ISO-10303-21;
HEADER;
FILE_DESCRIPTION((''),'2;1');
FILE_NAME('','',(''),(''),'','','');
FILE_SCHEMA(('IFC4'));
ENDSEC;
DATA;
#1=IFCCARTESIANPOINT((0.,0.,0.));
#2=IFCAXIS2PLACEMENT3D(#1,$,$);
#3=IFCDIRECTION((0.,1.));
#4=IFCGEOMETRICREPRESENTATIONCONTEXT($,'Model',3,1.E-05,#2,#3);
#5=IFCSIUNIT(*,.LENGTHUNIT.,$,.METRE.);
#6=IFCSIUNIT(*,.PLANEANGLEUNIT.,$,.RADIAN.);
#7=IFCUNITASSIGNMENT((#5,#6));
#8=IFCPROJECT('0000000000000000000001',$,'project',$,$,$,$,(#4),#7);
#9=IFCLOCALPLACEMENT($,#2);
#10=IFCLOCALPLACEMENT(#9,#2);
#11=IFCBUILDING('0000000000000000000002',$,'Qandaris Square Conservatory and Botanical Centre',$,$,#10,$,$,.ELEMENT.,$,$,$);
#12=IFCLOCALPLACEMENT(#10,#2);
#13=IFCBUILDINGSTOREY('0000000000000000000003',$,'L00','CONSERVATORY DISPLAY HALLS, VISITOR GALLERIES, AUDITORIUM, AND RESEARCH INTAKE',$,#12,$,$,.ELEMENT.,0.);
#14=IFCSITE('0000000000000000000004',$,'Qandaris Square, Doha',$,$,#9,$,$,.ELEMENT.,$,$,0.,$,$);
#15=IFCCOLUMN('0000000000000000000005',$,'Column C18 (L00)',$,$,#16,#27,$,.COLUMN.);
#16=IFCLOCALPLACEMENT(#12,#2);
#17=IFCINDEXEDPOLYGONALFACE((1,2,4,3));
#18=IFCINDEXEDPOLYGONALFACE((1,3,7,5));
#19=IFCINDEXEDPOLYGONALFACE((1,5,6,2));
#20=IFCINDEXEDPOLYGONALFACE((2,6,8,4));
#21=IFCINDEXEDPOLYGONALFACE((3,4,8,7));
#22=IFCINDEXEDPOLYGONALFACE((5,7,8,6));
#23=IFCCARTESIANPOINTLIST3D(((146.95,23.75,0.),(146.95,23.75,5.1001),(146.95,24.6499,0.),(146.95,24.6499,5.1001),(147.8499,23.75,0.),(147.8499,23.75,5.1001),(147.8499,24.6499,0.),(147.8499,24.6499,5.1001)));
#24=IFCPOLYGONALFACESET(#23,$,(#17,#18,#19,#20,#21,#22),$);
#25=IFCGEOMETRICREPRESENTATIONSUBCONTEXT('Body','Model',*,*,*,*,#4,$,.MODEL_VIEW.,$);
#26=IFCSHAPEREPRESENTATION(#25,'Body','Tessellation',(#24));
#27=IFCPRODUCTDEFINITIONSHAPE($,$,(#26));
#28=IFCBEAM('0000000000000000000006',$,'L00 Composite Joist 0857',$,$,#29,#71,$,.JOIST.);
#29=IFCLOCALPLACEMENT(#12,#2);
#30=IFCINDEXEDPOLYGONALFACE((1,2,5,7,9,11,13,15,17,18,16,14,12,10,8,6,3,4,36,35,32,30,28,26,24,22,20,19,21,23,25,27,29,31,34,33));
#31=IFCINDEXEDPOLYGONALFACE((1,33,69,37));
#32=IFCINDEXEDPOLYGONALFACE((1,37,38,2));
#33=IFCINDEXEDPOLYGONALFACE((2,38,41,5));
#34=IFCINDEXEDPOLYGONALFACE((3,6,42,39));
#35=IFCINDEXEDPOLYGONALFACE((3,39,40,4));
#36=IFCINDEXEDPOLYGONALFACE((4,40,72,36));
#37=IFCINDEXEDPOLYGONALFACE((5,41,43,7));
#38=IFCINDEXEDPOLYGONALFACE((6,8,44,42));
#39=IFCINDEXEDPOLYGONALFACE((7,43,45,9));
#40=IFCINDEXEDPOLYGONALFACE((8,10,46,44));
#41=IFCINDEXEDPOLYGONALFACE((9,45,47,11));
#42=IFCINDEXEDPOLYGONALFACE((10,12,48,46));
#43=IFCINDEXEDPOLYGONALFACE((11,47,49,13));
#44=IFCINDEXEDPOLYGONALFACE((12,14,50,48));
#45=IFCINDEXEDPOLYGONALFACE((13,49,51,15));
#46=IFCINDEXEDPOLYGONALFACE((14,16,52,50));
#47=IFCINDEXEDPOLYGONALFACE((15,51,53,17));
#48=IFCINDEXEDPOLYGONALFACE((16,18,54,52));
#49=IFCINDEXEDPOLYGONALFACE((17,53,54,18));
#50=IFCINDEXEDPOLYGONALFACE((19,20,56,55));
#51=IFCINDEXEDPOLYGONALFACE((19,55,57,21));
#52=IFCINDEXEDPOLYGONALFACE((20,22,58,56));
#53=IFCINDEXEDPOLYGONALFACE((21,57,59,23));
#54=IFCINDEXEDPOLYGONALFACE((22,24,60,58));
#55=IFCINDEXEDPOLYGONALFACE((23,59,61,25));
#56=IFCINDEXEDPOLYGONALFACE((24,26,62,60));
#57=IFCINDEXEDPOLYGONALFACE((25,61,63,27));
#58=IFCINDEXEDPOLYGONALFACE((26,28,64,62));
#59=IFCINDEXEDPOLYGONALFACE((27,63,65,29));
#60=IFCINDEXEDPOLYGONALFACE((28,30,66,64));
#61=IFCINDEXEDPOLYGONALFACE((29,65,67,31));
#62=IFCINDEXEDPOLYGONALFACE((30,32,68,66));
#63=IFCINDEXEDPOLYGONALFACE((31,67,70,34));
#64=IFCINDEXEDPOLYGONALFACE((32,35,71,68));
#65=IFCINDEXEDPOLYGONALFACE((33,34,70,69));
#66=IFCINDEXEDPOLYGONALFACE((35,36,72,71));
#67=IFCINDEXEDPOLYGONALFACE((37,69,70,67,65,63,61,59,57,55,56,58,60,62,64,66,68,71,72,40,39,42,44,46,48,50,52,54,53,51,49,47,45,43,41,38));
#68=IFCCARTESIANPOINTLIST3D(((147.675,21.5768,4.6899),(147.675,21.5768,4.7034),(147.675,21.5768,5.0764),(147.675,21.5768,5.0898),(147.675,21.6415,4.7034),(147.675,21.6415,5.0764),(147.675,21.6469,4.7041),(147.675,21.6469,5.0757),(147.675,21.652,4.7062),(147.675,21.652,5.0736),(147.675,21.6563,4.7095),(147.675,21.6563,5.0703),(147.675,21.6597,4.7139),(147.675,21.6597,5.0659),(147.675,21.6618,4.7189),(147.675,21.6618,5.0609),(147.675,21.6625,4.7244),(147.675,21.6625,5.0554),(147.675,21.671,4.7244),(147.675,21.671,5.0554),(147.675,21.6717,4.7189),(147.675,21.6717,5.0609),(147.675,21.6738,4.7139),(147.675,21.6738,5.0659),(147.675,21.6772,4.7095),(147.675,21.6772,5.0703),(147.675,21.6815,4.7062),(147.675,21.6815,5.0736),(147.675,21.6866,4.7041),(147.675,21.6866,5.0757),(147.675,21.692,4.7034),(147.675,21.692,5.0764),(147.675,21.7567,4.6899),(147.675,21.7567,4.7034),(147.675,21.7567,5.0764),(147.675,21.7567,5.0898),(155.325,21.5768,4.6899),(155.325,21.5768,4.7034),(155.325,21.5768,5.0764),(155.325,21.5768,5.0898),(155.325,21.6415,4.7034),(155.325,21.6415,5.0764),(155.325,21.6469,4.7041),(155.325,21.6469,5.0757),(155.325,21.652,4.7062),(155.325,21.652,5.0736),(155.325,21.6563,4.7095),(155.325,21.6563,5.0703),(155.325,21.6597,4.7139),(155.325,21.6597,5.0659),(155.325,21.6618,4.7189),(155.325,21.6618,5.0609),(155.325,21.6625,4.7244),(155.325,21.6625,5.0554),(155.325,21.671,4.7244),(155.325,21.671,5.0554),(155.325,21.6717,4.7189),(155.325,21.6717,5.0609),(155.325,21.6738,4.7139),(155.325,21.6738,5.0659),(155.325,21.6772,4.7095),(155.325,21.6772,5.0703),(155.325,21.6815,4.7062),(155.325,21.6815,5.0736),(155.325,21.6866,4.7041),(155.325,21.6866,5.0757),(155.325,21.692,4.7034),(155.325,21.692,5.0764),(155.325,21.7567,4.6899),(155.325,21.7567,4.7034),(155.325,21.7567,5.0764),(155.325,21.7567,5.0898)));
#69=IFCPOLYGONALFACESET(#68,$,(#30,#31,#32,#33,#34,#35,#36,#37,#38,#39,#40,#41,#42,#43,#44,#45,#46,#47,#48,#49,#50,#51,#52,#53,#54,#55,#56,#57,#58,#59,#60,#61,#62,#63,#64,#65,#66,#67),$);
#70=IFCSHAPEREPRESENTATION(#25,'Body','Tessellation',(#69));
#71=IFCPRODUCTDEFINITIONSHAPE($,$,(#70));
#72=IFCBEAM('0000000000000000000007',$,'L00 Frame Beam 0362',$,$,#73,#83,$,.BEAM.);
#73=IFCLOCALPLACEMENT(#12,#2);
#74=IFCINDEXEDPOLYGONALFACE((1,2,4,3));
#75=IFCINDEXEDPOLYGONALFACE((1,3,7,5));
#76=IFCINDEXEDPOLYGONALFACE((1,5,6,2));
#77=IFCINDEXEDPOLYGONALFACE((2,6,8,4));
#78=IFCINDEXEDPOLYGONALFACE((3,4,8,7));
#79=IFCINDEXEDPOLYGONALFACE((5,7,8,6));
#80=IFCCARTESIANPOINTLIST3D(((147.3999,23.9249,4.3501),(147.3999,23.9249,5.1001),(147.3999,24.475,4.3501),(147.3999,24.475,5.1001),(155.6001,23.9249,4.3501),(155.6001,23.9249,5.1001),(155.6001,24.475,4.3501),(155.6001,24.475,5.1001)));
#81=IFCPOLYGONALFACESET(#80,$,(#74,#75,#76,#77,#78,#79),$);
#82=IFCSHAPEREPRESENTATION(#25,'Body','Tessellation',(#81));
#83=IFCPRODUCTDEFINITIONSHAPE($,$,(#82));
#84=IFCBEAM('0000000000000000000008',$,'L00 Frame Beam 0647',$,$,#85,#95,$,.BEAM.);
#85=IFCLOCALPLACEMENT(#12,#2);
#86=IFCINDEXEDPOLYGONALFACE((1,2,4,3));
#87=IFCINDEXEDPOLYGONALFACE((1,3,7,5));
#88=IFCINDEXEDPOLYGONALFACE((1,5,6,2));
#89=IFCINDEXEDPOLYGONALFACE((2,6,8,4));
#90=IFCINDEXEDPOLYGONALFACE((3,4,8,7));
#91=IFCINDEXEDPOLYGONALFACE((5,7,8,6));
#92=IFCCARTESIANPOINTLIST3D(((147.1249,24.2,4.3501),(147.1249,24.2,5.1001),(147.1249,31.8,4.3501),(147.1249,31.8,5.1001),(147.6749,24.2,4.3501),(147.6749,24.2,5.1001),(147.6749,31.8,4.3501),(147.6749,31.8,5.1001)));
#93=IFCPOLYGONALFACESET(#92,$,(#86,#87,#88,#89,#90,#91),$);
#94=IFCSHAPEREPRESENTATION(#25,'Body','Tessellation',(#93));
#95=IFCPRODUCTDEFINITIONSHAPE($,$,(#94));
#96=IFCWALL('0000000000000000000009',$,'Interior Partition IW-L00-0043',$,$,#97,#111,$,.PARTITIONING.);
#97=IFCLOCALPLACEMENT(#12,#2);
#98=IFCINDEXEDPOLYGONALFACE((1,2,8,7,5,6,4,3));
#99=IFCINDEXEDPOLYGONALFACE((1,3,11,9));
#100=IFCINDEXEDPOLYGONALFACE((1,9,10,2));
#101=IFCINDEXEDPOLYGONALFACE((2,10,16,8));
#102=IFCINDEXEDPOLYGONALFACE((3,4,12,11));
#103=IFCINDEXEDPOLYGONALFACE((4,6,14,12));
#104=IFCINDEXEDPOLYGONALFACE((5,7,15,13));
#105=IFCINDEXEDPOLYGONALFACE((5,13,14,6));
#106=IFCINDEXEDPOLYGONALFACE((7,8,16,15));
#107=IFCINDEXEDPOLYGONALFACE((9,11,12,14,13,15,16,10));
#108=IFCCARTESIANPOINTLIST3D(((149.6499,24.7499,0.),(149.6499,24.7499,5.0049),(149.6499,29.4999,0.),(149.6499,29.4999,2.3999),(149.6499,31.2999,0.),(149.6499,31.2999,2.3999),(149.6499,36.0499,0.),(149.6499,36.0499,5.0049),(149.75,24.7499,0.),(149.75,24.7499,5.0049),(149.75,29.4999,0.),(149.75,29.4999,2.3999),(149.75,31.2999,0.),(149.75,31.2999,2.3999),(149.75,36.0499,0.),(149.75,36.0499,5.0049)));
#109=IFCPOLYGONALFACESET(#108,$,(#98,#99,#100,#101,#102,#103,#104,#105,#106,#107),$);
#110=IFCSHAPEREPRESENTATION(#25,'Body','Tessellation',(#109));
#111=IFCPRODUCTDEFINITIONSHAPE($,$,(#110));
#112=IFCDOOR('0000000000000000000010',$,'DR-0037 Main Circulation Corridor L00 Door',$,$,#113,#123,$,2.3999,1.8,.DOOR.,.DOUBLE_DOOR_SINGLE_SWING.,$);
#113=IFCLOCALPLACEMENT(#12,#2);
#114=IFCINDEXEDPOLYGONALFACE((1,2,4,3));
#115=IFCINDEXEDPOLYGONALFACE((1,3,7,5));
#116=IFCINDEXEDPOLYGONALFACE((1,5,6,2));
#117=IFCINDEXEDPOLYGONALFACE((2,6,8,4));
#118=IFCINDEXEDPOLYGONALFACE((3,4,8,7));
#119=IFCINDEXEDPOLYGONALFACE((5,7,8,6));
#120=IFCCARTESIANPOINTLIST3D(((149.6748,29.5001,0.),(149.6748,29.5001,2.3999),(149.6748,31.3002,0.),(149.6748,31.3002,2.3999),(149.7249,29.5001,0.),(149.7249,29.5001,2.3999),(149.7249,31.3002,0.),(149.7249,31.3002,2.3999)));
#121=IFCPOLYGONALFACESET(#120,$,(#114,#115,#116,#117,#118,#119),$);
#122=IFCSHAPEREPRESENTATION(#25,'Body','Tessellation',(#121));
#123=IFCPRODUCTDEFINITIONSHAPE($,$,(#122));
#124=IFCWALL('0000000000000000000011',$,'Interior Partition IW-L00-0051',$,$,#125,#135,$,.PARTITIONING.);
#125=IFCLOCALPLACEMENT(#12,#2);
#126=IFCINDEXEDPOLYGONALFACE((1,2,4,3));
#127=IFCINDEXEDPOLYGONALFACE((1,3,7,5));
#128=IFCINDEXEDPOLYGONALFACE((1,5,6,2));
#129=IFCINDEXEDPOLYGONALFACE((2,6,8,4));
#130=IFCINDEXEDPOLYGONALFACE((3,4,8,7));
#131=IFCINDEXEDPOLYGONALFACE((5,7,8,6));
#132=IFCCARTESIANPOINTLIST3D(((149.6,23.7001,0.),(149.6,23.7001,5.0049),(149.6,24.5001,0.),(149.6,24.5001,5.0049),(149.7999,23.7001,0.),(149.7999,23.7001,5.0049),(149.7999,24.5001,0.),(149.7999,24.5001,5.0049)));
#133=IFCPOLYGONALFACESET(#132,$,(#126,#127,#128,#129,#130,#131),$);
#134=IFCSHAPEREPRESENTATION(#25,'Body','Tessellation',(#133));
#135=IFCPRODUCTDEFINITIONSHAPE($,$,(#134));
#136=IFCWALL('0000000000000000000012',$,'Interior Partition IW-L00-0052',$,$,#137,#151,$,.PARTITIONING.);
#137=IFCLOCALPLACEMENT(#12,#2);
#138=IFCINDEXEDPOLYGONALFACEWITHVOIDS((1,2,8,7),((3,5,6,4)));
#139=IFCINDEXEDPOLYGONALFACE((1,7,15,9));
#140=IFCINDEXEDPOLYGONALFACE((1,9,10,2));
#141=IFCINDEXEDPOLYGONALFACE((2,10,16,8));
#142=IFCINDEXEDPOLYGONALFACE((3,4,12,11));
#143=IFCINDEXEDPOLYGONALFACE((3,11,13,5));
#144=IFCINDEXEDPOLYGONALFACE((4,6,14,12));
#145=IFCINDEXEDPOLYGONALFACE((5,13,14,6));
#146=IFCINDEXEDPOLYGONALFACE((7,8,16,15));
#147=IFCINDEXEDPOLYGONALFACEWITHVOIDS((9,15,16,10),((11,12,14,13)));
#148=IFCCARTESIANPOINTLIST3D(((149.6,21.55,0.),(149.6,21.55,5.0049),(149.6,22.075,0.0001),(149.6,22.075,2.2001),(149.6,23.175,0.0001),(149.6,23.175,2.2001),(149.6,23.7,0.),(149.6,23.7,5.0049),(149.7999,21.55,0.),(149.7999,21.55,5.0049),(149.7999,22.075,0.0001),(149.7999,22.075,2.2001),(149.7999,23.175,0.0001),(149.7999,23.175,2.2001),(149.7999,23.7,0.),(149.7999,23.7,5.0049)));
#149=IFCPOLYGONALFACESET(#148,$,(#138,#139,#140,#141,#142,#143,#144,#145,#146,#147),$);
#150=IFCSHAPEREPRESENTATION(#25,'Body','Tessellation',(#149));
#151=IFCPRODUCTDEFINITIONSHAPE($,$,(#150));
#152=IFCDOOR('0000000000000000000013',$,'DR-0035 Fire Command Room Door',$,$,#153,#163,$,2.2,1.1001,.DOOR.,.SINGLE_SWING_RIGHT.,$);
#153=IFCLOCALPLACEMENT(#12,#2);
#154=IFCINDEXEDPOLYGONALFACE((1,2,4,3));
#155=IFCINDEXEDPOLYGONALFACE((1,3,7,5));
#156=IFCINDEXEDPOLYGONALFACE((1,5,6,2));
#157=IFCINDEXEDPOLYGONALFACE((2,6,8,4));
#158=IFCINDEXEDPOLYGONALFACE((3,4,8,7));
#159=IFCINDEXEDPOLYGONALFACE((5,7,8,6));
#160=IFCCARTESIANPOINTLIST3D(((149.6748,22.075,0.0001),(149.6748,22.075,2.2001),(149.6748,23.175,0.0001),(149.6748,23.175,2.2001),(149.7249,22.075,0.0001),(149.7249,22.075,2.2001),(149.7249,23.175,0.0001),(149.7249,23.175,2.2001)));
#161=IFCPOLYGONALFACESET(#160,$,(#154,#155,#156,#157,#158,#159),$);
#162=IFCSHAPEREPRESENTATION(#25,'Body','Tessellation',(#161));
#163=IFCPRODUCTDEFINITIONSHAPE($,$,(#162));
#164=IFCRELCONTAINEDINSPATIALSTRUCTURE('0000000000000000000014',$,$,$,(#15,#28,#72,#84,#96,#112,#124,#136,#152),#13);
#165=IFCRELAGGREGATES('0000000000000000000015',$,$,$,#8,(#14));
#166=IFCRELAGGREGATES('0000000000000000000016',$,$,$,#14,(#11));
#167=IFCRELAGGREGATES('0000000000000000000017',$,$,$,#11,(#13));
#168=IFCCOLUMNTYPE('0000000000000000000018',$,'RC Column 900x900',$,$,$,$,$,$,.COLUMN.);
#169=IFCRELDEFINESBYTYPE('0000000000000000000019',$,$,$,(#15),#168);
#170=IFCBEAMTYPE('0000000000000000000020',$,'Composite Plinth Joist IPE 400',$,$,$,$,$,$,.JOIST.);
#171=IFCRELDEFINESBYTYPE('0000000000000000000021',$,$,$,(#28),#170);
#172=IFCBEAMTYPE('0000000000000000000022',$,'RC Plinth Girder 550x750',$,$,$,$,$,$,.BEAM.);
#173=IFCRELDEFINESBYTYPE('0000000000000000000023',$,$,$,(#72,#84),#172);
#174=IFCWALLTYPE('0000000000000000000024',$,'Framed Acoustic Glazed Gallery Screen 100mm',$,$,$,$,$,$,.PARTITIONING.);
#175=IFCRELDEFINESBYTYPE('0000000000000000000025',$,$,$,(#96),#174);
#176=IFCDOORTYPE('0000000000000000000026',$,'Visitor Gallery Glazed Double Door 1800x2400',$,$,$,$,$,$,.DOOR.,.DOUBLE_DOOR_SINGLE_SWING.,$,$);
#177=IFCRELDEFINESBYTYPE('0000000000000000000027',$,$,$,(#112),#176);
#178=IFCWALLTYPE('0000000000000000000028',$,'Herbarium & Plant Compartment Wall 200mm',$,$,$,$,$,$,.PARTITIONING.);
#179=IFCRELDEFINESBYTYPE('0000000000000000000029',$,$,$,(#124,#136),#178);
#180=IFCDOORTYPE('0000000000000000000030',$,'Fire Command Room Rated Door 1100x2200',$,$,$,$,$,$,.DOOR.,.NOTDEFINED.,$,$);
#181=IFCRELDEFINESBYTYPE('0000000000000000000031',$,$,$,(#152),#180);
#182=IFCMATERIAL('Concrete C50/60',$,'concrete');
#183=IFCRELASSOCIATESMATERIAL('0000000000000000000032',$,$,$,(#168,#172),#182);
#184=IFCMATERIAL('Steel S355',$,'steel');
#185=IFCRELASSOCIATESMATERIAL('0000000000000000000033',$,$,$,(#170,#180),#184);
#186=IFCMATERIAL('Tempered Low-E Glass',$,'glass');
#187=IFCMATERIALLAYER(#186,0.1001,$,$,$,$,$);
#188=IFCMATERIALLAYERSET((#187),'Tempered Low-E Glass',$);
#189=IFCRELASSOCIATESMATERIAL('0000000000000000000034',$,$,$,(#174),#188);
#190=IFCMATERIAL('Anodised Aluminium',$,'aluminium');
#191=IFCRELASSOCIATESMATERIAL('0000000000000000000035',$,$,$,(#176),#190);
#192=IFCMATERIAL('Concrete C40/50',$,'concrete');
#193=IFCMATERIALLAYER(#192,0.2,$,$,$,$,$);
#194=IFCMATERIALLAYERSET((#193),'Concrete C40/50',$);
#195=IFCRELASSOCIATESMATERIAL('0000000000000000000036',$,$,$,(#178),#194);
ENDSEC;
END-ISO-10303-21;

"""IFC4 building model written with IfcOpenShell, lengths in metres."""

from ifc_helpers import new_model, si_unit, direction, frame, frame_2d, origin, origin_2d, place, context, subcontext, project, spatial, rectangle, i_section, extrude, material, layer, layer_set, material_profile, profile_set, type_object, element, fill, save


model = new_model("IFC4")

# Units and contexts
model_context = context("Model", 3, precision=1e-05, world=origin(), true_north=direction((0.0, 1.0)))
body_context = subcontext(model_context, "Body", "Model", "MODEL_VIEW")
ifc_project = project(units=[si_unit("LENGTHUNIT", "METRE"), si_unit("PLANEANGLEUNIT", "RADIAN")], contexts=[model_context])

# Site, building, storey
site_placement = place(None, origin())
site = spatial("IfcSite", under=ifc_project, at=site_placement, Name="Qandaris Square, Doha", CompositionType="ELEMENT", RefElevation=0.0)
building_placement = place(site_placement, origin())
building = spatial("IfcBuilding", under=site, at=building_placement, Name="Qandaris Square Conservatory and Botanical Centre", CompositionType="ELEMENT")
storey_placement = place(building_placement, origin())
storey = spatial("IfcBuildingStorey", under=building, at=storey_placement, Name="L00", Description="CONSERVATORY DISPLAY HALLS, VISITOR GALLERIES, AUDITORIUM, AND RESEARCH INTAKE", CompositionType="ELEMENT", Elevation=0.0)

# Column
ifc_material_1 = material(Name="Concrete C50/60", Category="concrete")
ifc_material_profile_1 = material_profile(ifc_material_1, rectangle(XDim=0.8999, YDim=0.8999, at=origin_2d()), Name="RC-COL 900x900")
ifc_profile_set_1 = profile_set([ifc_material_profile_1], Name="Concrete C50/60")
column_type = type_object("IfcColumnType", Name="RC Column 900x900", PredefinedType="COLUMN", material=ifc_profile_set_1)
column_placement = place(storey_placement, frame((147.3999, 24.2, 0.0), z_axis=(0.0, 0.0, 1.0), x_axis=(1.0, 0.0, 0.0)))
element("IfcColumn", 1, at=column_placement, inside=storey, type_object=column_type, Name="Column C18 (L00)", PredefinedType="COLUMN", context=body_context, shape_type="SweptSolid", body=[
    extrude(rectangle(XDim=0.8999, YDim=0.8999, at=origin_2d()), origin(), (0.0, 0.0, 1.0), 5.1001),
])

# Beams
ifc_material_2 = material(Name="Steel S355", Category="steel")
ifc_material_profile_2 = material_profile(ifc_material_2, i_section(OverallWidth=0.1799, OverallDepth=0.3999, WebThickness=0.0085, FlangeThickness=0.0134, FilletRadius=0.021, at=origin_2d()), Name="IPE 400")
ifc_profile_set_2 = profile_set([ifc_material_profile_2], Name="Steel S355")
beam_type_1 = type_object("IfcBeamType", Name="Composite Plinth Joist IPE 400", PredefinedType="JOIST", material=ifc_profile_set_2)
beam_1_placement = place(storey_placement, frame((147.675, 21.6667, 4.8899), z_axis=(1.0, 0.0, 0.0), x_axis=(0.0, 1.0, 0.0)))
element("IfcBeam", 2, at=beam_1_placement, inside=storey, type_object=beam_type_1, Name="L00 Composite Joist 0857", PredefinedType="JOIST", context=body_context, shape_type="SweptSolid", body=[
    extrude(i_section(OverallWidth=0.1799, OverallDepth=0.3999, WebThickness=0.0085, FlangeThickness=0.0134, FilletRadius=0.021, at=origin_2d()), origin(), (0.0, 0.0, 1.0), 7.6499),
])
ifc_material_profile_3 = material_profile(ifc_material_1, rectangle(XDim=0.55, YDim=0.75, at=origin_2d()), Name="RC-BM 550x750")
ifc_profile_set_3 = profile_set([ifc_material_profile_3], Name="Concrete C50/60")
beam_type_2 = type_object("IfcBeamType", Name="RC Plinth Girder 550x750", PredefinedType="BEAM", material=ifc_profile_set_3)
beam_2_placement = place(storey_placement, frame((147.3999, 24.2, 4.7251), z_axis=(1.0, 0.0, 0.0), x_axis=(0.0, 1.0, 0.0)))
element("IfcBeam", 3, at=beam_2_placement, inside=storey, type_object=beam_type_2, Name="L00 Frame Beam 0362", PredefinedType="BEAM", context=body_context, shape_type="SweptSolid", body=[
    extrude(rectangle(XDim=0.55, YDim=0.75, at=origin_2d()), origin(), (0.0, 0.0, 1.0), 8.2002),
])
beam_3_placement = place(storey_placement, frame((147.3999, 24.2, 4.7251), z_axis=(0.0, 1.0, 0.0), x_axis=(-1.0, 0.0, 0.0)))
element("IfcBeam", 4, at=beam_3_placement, inside=storey, type_object=beam_type_2, Name="L00 Frame Beam 0647", PredefinedType="BEAM", context=body_context, shape_type="SweptSolid", body=[
    extrude(rectangle(XDim=0.55, YDim=0.75, at=origin_2d()), origin(), (0.0, 0.0, 1.0), 7.6001),
])

# Wall, opening, door
ifc_material_3 = material(Name="Tempered Low-E Glass", Category="glass")
ifc_layer_1 = layer(ifc_material_3, 0.1001)
ifc_layer_set_1 = layer_set([ifc_layer_1], Name="Tempered Low-E Glass")
wall_type_1 = type_object("IfcWallType", Name="Framed Acoustic Glazed Gallery Screen 100mm", PredefinedType="PARTITIONING", material=ifc_layer_set_1)
wall_1_placement = place(storey_placement, frame((149.7, 24.75, 0.0), z_axis=(0.0, 0.0, 1.0), x_axis=(0.0, 1.0, 0.0)))
wall_1 = element("IfcWall", 5, at=wall_1_placement, inside=storey, type_object=wall_type_1, Name="Interior Partition IW-L00-0043", PredefinedType="PARTITIONING", context=body_context, shape_type="SweptSolid", body=[
    extrude(rectangle(XDim=11.3, YDim=0.1001, at=frame_2d((5.6499, 0.0))), origin(), (0.0, 0.0, 1.0), 5.0049),
])
opening_1_placement = place(wall_1_placement, frame((4.75, 0.0, 0.0)))
opening_1 = element("IfcOpeningElement", 6, at=opening_1_placement, cuts=wall_1, PredefinedType="OPENING", context=body_context, shape_type="SweptSolid", body=[
    extrude(rectangle(XDim=1.8, YDim=2.3999, at=frame_2d((0.8999, 1.2))), frame((0.0, 0.062, 0.0), z_axis=(0.0, -1.0, 0.0), x_axis=(1.0, 0.0, 0.0)), (0.0, 0.0, 1.0), 0.124),
])
ifc_material_4 = material(Name="Anodised Aluminium", Category="aluminium")
door_type_1 = type_object("IfcDoorType", Name="Visitor Gallery Glazed Double Door 1800x2400", OperationType="DOUBLE_DOOR_SINGLE_SWING", PredefinedType="DOOR", material=ifc_material_4)
door_1_placement = place(opening_1_placement, frame((1.8, 0.0, 0.0), z_axis=(0.0, 0.0, 1.0), x_axis=(-1.0, 0.0, 0.0)))
door_1 = element("IfcDoor", 7, at=door_1_placement, inside=storey, type_object=door_type_1, Name="DR-0037 Main Circulation Corridor L00 Door", OperationType="DOUBLE_DOOR_SINGLE_SWING", OverallHeight=2.3999, OverallWidth=1.8, PredefinedType="DOOR", context=body_context, shape_type="SweptSolid", body=[
    extrude(rectangle(XDim=1.8, YDim=2.3999, at=frame_2d((0.8999, 1.2))), frame((0.0, 0.0249, 0.0), z_axis=(0.0, -1.0, 0.0), x_axis=(1.0, 0.0, 0.0)), (0.0, 0.0, 1.0), 0.05),
])
fill(opening_1, door_1)

# Wall
ifc_material_5 = material(Name="Concrete C40/50", Category="concrete")
ifc_layer_2 = layer(ifc_material_5, 0.2)
ifc_layer_set_2 = layer_set([ifc_layer_2], Name="Concrete C40/50")
wall_type_2 = type_object("IfcWallType", Name="Herbarium & Plant Compartment Wall 200mm", PredefinedType="PARTITIONING", material=ifc_layer_set_2)
wall_2_placement = place(storey_placement, frame((149.7, 24.5, 0.0), z_axis=(0.0, 0.0, 1.0), x_axis=(0.0, -1.0, 0.0)))
element("IfcWall", 8, at=wall_2_placement, inside=storey, type_object=wall_type_2, Name="Interior Partition IW-L00-0051", PredefinedType="PARTITIONING", context=body_context, shape_type="SweptSolid", body=[
    extrude(rectangle(XDim=0.8, YDim=0.2, at=frame_2d((0.3999, 0.0))), origin(), (0.0, 0.0, 1.0), 5.0049),
])

# Wall, opening, door
wall_3_placement = place(storey_placement, frame((149.7, 23.7, 0.0), z_axis=(0.0, 0.0, 1.0), x_axis=(0.0, -1.0, 0.0)))
wall_3 = element("IfcWall", 9, at=wall_3_placement, inside=storey, type_object=wall_type_2, Name="Interior Partition IW-L00-0052", PredefinedType="PARTITIONING", context=body_context, shape_type="SweptSolid", body=[
    extrude(rectangle(XDim=2.1499, YDim=0.2, at=frame_2d((1.075, 0.0))), origin(), (0.0, 0.0, 1.0), 5.0049),
])
opening_2_placement = place(wall_3_placement, frame((0.5249, 0.0, 0.0)))
opening_2 = element("IfcOpeningElement", 10, at=opening_2_placement, cuts=wall_3, PredefinedType="OPENING", context=body_context, shape_type="SweptSolid", body=[
    extrude(rectangle(XDim=1.1001, YDim=2.2, at=frame_2d((0.55, 1.1001))), frame((0.0, 0.1118, 0.0), z_axis=(0.0, -1.0, 0.0), x_axis=(1.0, 0.0, 0.0)), (0.0, 0.0, 1.0), 0.2239),
])
door_type_2 = type_object("IfcDoorType", Name="Fire Command Room Rated Door 1100x2200", OperationType="NOTDEFINED", PredefinedType="DOOR", material=ifc_material_2)
door_2_placement = place(opening_2_placement, origin())
door_2 = element("IfcDoor", 11, at=door_2_placement, inside=storey, type_object=door_type_2, Name="DR-0035 Fire Command Room Door", OperationType="SINGLE_SWING_RIGHT", OverallHeight=2.2, OverallWidth=1.1001, PredefinedType="DOOR", context=body_context, shape_type="SweptSolid", body=[
    extrude(rectangle(XDim=1.1001, YDim=2.2, at=frame_2d((0.55, 1.1001))), frame((0.0, 0.0249, 0.0), z_axis=(0.0, -1.0, 0.0), x_axis=(1.0, 0.0, 0.0)), (0.0, 0.0, 1.0), 0.05),
])
fill(opening_2, door_2)

save(model, "model.ifc")
